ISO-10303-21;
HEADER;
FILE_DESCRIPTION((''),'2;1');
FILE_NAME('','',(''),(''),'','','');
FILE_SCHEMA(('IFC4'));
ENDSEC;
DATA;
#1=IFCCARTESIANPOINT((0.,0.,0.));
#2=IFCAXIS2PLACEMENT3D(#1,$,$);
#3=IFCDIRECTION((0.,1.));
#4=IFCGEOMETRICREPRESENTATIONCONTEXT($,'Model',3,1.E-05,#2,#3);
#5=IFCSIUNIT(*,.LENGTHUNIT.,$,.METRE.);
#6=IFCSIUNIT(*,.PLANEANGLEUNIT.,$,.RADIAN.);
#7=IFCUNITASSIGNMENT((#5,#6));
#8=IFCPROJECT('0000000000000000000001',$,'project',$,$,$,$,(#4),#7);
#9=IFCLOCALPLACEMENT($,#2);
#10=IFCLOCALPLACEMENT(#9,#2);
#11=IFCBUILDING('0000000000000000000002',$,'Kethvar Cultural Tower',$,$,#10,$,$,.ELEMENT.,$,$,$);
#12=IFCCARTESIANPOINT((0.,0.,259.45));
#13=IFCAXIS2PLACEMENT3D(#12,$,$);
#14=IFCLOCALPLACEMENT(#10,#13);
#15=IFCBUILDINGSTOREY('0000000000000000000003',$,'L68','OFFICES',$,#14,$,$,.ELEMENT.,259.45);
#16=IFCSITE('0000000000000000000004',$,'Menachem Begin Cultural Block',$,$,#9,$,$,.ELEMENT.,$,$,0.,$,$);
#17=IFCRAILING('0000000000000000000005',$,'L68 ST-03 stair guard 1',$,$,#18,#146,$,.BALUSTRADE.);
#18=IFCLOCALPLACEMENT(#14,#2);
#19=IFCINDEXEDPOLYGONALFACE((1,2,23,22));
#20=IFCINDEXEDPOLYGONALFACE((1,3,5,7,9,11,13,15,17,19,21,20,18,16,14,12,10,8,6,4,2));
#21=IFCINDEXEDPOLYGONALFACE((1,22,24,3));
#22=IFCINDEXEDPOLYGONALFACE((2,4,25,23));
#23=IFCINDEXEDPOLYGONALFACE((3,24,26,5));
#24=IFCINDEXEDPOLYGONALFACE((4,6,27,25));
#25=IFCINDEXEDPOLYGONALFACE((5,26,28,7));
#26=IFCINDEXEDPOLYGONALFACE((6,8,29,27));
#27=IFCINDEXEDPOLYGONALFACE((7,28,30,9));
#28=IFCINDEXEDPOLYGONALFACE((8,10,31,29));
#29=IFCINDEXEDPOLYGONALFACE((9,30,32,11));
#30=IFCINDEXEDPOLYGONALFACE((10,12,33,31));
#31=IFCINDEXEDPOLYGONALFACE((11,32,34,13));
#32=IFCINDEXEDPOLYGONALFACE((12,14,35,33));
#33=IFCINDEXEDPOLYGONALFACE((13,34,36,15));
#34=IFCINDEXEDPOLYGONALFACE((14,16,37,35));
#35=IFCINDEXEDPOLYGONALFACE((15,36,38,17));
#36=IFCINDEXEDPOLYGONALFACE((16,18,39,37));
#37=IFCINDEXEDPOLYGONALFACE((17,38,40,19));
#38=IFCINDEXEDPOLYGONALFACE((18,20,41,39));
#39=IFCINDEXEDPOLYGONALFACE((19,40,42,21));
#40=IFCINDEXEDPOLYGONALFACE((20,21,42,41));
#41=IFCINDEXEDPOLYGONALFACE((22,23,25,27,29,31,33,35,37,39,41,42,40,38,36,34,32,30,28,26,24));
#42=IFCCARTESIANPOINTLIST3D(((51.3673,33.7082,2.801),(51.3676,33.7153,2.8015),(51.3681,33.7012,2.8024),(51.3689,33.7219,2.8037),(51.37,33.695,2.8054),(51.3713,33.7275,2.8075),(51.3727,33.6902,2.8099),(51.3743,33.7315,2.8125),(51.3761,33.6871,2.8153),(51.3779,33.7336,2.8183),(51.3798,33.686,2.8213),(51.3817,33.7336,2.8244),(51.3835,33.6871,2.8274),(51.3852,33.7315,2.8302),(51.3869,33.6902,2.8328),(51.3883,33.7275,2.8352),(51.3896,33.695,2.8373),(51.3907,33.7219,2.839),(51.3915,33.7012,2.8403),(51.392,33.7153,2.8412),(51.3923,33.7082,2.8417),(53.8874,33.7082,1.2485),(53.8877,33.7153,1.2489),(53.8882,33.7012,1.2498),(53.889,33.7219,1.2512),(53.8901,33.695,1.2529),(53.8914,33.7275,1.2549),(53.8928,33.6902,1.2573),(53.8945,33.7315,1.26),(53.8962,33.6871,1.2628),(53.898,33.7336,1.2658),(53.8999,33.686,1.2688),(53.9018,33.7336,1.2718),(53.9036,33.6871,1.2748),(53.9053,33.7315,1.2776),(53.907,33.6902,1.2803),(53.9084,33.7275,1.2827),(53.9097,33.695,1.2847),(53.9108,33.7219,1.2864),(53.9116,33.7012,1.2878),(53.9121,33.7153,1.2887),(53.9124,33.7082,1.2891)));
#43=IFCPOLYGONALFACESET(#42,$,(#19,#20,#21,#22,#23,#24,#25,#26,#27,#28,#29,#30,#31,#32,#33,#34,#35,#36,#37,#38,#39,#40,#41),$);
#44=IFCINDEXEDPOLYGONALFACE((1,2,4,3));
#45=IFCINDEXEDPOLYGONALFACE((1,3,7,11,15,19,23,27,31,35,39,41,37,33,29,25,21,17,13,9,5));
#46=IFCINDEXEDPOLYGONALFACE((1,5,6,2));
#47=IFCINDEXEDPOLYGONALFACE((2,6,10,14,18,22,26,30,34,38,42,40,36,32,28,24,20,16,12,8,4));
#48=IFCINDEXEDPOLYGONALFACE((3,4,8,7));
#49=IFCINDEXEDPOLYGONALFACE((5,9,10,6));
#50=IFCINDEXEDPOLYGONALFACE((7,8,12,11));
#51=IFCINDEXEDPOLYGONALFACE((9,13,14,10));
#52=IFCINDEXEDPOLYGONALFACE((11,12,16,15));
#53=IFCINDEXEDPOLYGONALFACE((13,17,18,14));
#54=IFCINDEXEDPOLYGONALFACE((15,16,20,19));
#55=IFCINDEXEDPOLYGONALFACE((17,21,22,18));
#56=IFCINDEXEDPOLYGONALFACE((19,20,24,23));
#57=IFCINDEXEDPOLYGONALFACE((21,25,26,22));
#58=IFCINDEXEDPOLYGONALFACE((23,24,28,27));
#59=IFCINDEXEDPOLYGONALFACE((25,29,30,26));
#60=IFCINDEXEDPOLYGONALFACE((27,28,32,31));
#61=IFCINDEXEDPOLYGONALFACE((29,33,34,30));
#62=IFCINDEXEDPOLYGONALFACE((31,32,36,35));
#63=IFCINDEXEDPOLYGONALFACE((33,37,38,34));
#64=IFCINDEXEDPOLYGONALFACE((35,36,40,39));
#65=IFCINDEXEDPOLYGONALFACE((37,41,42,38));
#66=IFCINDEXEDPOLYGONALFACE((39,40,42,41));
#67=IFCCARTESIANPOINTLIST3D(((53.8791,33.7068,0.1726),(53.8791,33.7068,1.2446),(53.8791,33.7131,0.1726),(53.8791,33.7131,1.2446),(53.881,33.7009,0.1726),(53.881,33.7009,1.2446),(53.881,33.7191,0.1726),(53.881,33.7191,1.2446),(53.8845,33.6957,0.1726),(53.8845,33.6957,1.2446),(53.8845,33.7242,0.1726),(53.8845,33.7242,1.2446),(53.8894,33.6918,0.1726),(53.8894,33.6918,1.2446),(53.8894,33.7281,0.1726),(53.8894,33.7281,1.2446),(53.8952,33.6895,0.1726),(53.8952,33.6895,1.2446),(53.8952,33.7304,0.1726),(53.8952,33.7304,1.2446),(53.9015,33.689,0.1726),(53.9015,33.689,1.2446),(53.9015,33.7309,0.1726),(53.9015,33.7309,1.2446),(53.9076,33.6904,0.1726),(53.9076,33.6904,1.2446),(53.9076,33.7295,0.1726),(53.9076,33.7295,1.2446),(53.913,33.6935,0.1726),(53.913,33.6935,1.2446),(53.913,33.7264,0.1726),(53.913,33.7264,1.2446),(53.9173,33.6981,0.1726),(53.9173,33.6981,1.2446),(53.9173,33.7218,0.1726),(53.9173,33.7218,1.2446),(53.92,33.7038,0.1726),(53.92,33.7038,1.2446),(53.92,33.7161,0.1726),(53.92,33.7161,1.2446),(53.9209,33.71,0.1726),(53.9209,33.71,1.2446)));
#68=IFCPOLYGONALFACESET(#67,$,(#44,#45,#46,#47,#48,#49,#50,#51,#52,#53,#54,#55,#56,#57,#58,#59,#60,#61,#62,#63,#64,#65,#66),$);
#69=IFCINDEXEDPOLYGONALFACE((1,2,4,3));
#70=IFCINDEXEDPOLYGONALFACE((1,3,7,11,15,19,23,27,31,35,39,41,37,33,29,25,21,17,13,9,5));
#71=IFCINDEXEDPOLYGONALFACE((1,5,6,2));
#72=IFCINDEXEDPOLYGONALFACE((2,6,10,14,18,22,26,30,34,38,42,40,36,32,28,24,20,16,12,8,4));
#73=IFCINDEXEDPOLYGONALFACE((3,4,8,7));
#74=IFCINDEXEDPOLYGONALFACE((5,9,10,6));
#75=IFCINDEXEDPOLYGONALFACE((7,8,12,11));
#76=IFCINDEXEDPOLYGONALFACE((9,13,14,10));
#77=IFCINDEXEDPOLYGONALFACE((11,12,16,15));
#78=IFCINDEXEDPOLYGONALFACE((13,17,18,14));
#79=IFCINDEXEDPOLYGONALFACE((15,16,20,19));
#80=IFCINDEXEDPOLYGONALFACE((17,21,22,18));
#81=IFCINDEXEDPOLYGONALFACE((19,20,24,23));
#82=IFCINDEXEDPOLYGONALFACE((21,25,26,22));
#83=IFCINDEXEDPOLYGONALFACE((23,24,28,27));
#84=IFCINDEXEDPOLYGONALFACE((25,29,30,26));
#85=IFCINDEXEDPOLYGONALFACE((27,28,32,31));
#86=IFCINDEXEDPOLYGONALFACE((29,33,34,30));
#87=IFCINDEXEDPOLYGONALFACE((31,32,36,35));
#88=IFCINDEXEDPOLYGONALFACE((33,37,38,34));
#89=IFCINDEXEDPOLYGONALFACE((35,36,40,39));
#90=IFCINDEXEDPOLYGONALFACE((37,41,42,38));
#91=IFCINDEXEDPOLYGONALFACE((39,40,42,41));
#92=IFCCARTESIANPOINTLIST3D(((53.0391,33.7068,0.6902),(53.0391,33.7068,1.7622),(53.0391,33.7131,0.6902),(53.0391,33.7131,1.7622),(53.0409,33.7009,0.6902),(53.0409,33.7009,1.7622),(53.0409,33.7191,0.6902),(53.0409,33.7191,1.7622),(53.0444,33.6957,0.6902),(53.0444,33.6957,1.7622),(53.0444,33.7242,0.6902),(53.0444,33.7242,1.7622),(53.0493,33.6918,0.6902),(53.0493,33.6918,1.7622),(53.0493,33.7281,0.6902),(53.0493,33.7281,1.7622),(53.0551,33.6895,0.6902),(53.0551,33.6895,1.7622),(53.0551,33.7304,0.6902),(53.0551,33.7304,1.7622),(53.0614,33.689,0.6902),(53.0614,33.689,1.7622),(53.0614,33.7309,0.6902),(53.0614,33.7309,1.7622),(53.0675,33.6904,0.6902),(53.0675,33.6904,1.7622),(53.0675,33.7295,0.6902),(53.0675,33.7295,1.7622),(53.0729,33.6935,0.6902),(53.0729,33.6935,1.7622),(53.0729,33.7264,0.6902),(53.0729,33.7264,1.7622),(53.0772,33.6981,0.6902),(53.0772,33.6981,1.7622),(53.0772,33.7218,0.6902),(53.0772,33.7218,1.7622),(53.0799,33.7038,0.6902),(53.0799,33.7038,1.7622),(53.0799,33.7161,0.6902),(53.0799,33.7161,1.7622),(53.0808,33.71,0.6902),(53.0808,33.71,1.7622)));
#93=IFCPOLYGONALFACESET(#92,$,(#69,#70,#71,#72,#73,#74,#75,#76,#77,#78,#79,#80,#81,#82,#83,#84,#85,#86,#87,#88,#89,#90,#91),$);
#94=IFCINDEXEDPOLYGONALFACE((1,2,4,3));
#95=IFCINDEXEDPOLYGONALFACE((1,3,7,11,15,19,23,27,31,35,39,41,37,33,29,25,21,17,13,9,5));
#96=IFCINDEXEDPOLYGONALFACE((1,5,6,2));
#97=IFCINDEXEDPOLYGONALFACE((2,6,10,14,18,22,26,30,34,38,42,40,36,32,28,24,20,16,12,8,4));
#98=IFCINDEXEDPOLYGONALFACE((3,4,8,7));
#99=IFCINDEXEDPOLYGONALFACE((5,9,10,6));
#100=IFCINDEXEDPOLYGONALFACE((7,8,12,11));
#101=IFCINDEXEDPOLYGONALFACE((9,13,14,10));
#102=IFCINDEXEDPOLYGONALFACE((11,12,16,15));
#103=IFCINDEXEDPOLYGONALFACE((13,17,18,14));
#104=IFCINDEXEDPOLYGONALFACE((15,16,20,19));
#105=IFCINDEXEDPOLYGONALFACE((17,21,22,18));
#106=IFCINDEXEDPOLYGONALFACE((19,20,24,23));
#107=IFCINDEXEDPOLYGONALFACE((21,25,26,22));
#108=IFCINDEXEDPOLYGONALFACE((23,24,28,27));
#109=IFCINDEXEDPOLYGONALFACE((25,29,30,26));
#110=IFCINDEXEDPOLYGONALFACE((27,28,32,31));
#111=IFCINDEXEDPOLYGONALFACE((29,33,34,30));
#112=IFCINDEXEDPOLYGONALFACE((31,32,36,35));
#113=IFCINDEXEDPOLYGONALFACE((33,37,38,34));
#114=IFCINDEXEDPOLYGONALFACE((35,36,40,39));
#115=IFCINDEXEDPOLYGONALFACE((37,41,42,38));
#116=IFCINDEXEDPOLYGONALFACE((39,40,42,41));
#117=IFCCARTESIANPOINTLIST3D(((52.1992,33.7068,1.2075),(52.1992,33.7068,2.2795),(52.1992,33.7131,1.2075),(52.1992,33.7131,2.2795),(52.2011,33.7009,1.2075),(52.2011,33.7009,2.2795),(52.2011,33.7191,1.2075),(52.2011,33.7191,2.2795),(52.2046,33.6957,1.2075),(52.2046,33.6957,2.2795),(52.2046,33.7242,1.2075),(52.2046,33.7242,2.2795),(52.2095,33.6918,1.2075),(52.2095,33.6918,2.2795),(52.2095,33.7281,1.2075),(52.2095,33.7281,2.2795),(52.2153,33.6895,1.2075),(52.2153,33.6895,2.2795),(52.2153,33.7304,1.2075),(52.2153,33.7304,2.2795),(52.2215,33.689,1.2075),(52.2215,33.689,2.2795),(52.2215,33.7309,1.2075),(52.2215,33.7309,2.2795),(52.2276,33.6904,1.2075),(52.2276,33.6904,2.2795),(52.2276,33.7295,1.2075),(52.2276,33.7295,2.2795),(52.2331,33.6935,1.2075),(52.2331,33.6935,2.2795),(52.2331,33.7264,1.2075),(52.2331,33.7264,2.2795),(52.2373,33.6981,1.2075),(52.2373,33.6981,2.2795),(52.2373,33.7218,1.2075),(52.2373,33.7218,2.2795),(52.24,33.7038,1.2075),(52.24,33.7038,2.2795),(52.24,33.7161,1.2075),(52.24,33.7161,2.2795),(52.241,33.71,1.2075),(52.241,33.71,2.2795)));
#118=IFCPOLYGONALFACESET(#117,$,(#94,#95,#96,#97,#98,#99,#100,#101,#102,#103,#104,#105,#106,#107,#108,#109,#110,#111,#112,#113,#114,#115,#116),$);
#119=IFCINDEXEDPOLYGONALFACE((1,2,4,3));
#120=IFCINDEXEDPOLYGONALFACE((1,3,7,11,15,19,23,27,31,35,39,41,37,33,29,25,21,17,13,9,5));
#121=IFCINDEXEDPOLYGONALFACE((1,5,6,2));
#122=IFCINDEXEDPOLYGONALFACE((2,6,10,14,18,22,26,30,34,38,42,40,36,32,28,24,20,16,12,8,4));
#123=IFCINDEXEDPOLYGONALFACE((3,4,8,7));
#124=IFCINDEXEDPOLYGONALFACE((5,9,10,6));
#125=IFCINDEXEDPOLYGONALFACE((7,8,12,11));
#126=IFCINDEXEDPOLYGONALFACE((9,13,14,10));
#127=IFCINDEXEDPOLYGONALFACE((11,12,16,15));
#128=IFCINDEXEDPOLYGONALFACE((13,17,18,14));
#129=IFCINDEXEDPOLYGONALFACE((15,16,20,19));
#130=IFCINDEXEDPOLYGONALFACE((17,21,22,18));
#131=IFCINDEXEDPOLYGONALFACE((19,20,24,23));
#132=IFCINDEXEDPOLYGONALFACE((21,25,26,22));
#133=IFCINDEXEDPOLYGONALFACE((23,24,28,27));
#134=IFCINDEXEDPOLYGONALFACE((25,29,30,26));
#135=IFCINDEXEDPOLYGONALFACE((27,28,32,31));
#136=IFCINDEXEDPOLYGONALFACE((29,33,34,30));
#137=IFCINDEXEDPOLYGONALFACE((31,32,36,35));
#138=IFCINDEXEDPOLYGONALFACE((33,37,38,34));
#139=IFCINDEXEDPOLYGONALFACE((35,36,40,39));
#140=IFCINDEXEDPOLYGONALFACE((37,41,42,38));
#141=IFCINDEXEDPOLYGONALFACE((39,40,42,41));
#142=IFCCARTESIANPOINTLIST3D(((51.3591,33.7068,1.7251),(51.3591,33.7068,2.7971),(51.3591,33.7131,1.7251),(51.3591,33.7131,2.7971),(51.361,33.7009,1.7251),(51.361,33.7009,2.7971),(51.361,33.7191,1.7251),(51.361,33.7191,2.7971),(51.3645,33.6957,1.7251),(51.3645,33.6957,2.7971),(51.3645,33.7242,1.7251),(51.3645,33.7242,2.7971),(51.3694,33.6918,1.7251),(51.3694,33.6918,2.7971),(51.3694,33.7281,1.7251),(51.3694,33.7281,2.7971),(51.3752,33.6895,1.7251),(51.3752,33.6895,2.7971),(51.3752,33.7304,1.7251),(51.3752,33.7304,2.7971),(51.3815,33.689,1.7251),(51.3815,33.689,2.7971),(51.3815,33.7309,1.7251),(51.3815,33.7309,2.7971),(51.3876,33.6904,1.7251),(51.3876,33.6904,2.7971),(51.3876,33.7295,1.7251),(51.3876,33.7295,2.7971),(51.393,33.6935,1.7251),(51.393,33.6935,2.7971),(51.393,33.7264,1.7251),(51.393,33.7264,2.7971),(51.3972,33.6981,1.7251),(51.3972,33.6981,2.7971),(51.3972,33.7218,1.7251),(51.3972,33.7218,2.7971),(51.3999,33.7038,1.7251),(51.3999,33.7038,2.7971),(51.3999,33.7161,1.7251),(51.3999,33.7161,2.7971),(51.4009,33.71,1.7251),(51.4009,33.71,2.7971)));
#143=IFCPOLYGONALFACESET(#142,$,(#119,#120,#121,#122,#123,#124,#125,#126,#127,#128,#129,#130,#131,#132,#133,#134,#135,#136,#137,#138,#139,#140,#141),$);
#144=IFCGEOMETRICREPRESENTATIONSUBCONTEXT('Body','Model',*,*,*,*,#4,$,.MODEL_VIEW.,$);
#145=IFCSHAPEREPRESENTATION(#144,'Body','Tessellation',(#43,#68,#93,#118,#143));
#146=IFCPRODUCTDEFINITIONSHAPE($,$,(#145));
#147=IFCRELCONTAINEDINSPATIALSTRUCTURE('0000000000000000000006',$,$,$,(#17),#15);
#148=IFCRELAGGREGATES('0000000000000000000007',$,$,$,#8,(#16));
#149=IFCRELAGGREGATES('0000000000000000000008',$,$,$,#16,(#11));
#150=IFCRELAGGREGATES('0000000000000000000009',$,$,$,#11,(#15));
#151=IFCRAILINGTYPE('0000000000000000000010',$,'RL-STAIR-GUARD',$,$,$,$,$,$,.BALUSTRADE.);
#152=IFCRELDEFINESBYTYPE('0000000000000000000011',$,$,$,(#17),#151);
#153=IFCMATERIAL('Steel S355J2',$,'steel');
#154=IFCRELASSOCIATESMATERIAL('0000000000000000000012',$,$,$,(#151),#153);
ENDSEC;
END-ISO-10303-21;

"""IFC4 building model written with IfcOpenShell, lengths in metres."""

from ifc_helpers import new_model, si_unit, direction, frame, origin, origin_2d, place, context, subcontext, project, spatial, circle, extrude, material, type_object, element, save


model = new_model("IFC4")

# Units and contexts
model_context = context("Model", 3, precision=1e-05, world=origin(), true_north=direction((0.0, 1.0)))
body_context = subcontext(model_context, "Body", "Model", "MODEL_VIEW")
ifc_project = project(units=[si_unit("LENGTHUNIT", "METRE"), si_unit("PLANEANGLEUNIT", "RADIAN")], contexts=[model_context])

# Site, building, storey
site_placement = place(None, origin())
site = spatial("IfcSite", under=ifc_project, at=site_placement, Name="Menachem Begin Cultural Block", CompositionType="ELEMENT", RefElevation=0.0)
building_placement = place(site_placement, origin())
building = spatial("IfcBuilding", under=site, at=building_placement, Name="Kethvar Cultural Tower", CompositionType="ELEMENT")
storey_placement = place(building_placement, frame((0.0, 0.0, 259.45)))
storey = spatial("IfcBuildingStorey", under=building, at=storey_placement, Name="L68", Description="OFFICES", CompositionType="ELEMENT", Elevation=259.45)

# Shared definitions
ifc_material_1 = material(Name="Steel S355J2", Category="steel")

# Railing
railing_type_1 = type_object("IfcRailingType", Name="RL-STAIR-GUARD", PredefinedType="BALUSTRADE", material=ifc_material_1)
railing_1_placement = place(storey_placement, frame((53.8999, 33.71, 0.1726)))
element("IfcRailing", 1, at=railing_1_placement, inside=storey, type_object=railing_type_1, Name="L68 ST-03 stair guard 1", PredefinedType="BALUSTRADE", context=body_context, shape_type="SweptSolid", body=[
    extrude(circle(Radius=0.0239, at=origin_2d()), frame((0.0, 0.0, 1.0962), z_axis=(-0.8514, 0.0, 0.524516), x_axis=(0.0, -1.0, 0.0)), (0.0, 0.0, 1.0), 2.96),
    extrude(circle(Radius=0.021, at=origin_2d()), origin(), (0.0, 0.0, 1.0), 1.072),
    extrude(circle(Radius=0.021, at=origin_2d()), frame((-0.8401, 0.0, 0.5176)), (0.0, 0.0, 1.0), 1.072),
    extrude(circle(Radius=0.021, at=origin_2d()), frame((-1.6799, 0.0, 1.0349)), (0.0, 0.0, 1.0), 1.072),
    extrude(circle(Radius=0.021, at=origin_2d()), frame((-2.52, 0.0, 1.5525)), (0.0, 0.0, 1.0), 1.072),
])

save(model, "model.ifc")
